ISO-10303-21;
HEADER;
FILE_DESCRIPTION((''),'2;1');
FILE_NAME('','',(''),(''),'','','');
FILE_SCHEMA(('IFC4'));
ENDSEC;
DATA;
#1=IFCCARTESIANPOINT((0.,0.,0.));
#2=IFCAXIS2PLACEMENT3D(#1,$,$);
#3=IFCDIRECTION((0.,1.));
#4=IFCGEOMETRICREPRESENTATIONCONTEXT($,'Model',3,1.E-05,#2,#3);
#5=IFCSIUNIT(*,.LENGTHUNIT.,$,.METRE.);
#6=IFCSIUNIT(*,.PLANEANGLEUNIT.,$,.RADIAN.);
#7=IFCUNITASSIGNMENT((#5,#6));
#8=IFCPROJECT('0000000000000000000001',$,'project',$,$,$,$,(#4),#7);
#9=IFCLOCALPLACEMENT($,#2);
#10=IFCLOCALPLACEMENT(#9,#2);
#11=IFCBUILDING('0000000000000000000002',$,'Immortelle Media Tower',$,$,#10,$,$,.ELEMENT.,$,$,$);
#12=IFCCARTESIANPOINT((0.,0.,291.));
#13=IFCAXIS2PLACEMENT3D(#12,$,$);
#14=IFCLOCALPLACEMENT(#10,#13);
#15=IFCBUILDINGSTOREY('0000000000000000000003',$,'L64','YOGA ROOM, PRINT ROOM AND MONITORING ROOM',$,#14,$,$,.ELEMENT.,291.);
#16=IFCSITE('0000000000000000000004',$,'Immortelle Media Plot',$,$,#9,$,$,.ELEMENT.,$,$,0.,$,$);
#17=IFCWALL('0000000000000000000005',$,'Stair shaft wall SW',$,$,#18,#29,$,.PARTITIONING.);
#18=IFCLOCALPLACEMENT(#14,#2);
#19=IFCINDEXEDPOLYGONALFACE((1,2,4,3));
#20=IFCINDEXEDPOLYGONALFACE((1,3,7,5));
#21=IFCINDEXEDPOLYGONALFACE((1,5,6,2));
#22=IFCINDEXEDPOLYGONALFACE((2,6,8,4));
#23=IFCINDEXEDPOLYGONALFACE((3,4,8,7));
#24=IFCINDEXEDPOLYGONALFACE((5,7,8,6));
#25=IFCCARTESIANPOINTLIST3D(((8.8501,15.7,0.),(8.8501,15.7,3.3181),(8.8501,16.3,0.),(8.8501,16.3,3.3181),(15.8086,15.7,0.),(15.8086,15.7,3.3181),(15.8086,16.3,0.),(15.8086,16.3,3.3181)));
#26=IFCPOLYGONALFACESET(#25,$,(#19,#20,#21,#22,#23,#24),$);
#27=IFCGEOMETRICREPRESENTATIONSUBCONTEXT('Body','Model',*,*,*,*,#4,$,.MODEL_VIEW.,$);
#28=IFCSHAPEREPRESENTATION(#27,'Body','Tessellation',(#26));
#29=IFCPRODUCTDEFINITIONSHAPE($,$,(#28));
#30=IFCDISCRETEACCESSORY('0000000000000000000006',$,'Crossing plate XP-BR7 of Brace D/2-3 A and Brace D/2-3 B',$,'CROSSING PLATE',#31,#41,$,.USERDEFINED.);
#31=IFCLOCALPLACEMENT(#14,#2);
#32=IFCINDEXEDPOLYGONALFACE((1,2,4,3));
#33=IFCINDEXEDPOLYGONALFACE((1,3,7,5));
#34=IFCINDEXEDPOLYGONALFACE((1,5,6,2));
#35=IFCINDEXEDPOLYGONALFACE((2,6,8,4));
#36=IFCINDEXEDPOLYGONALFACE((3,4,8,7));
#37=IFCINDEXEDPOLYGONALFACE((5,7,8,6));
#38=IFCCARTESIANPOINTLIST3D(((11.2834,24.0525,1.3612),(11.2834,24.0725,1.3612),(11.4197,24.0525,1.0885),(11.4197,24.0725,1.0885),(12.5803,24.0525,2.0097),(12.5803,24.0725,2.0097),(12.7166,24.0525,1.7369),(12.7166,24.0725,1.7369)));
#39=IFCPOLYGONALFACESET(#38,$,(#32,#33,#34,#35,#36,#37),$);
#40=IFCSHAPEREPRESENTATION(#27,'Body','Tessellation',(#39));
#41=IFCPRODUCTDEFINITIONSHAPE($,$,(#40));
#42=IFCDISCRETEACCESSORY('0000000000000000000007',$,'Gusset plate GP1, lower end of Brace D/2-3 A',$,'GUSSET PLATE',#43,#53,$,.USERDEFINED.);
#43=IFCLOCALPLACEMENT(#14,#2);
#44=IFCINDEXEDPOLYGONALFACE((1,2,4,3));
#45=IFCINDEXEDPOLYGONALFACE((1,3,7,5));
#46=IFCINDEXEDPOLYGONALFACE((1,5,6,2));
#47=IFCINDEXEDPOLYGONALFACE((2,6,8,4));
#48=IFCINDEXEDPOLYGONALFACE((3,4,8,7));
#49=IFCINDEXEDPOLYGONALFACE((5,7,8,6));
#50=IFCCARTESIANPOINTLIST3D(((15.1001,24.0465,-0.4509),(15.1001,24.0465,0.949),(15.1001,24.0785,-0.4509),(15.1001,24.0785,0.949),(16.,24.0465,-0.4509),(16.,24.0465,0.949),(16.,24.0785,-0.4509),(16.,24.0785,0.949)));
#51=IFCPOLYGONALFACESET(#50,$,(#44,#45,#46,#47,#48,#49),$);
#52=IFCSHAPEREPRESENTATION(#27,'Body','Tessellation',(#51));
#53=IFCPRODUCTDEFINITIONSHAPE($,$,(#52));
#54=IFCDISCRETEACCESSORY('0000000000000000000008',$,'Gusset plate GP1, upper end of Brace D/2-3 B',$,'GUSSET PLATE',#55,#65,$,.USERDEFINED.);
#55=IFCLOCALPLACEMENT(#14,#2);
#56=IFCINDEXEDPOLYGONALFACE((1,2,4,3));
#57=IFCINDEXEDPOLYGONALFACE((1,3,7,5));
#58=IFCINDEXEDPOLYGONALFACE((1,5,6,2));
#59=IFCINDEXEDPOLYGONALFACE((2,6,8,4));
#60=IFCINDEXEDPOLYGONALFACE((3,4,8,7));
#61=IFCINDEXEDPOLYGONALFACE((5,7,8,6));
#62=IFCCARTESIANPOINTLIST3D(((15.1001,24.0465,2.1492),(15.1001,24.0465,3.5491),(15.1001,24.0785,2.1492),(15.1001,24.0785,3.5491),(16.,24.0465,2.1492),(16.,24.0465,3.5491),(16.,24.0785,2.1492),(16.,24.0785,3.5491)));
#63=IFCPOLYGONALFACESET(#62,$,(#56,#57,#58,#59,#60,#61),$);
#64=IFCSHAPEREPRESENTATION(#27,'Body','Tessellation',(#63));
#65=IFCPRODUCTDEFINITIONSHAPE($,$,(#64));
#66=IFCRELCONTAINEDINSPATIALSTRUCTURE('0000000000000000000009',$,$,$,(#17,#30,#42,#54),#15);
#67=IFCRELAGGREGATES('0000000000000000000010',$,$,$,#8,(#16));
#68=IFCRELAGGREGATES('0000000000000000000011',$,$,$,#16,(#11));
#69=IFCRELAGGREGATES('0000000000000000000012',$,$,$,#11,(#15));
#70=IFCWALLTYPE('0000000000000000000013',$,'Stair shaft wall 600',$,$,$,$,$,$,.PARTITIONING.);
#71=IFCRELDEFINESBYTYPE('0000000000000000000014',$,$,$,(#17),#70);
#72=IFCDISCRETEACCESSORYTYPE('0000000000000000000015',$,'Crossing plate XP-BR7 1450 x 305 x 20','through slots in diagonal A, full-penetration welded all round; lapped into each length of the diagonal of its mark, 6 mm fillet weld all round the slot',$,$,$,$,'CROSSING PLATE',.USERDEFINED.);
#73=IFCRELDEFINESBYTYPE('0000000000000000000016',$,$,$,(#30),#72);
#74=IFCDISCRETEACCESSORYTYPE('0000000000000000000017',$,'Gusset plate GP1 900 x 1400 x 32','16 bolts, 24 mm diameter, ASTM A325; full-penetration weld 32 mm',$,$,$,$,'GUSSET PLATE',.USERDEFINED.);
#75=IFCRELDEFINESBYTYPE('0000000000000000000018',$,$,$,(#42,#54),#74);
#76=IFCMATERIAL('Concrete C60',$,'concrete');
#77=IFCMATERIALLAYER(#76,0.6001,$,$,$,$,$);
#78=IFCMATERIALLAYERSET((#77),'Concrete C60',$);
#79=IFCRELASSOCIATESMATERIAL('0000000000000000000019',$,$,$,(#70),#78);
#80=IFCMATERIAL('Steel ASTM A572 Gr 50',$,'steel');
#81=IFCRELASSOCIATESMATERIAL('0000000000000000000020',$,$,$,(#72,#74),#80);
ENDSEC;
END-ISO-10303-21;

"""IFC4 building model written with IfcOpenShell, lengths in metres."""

from ifc_helpers import new_model, si_unit, direction, frame, frame_2d, origin, origin_2d, place, context, subcontext, project, spatial, rectangle, extrude, material, layer, layer_set, material_profile, profile_set, type_object, element, save


model = new_model("IFC4")

# Units and contexts
model_context = context("Model", 3, precision=1e-05, world=origin(), true_north=direction((0.0, 1.0)))
body_context = subcontext(model_context, "Body", "Model", "MODEL_VIEW")
ifc_project = project(units=[si_unit("LENGTHUNIT", "METRE"), si_unit("PLANEANGLEUNIT", "RADIAN")], contexts=[model_context])

# Site, building, storey
site_placement = place(None, origin())
site = spatial("IfcSite", under=ifc_project, at=site_placement, Name="Immortelle Media Plot", CompositionType="ELEMENT", RefElevation=0.0)
building_placement = place(site_placement, origin())
building = spatial("IfcBuilding", under=site, at=building_placement, Name="Immortelle Media Tower", CompositionType="ELEMENT")
storey_placement = place(building_placement, frame((0.0, 0.0, 291.0)))
storey = spatial("IfcBuildingStorey", under=building, at=storey_placement, Name="L64", Description="YOGA ROOM, PRINT ROOM AND MONITORING ROOM", CompositionType="ELEMENT", Elevation=291.0)

# Wall
ifc_material_1 = material(Name="Concrete C60", Category="concrete")
ifc_layer_1 = layer(ifc_material_1, 0.6001)
ifc_layer_set_1 = layer_set([ifc_layer_1], Name="Concrete C60")
wall_type_1 = type_object("IfcWallType", Name="Stair shaft wall 600", PredefinedType="PARTITIONING", material=ifc_layer_set_1)
wall_1_placement = place(storey_placement, frame((8.8501, 16.0, 0.0), z_axis=(0.0, 0.0, 1.0), x_axis=(1.0, 0.0, 0.0)))
element("IfcWall", 1, at=wall_1_placement, inside=storey, type_object=wall_type_1, Name="Stair shaft wall SW", PredefinedType="PARTITIONING", context=body_context, shape_type="SweptSolid", body=[
    extrude(rectangle(XDim=6.9585, YDim=0.6001, at=frame_2d((3.4792, 0.0))), origin(), (0.0, 0.0, 1.0), 3.3181),
])

# Discrete accessories
ifc_material_2 = material(Name="Steel ASTM A572 Gr 50", Category="steel")
ifc_material_profile_1 = material_profile(ifc_material_2, rectangle(XDim=0.02, YDim=0.3049, at=origin_2d()), Name="PL 20 x 305")
ifc_profile_set_1 = profile_set([ifc_material_profile_1], Name="Steel ASTM A572 Gr 50")
discrete_accessory_type_1 = type_object("IfcDiscreteAccessoryType", Name="Crossing plate XP-BR7 1450 x 305 x 20", Description="through slots in diagonal A, full-penetration welded all round; lapped into each length of the diagonal of its mark, 6 mm fillet weld all round the slot", ElementType="CROSSING PLATE", PredefinedType="USERDEFINED", material=ifc_profile_set_1)
discrete_accessory_placement = place(storey_placement, frame((12.6484, 24.0625, 1.8733), z_axis=(-0.894427, 0.0, -0.447214), x_axis=(0.0, -1.0, 0.0)))
element("IfcDiscreteAccessory", 2, at=discrete_accessory_placement, inside=storey, type_object=discrete_accessory_type_1, Name="Crossing plate XP-BR7 of Brace D/2-3 A and Brace D/2-3 B", ObjectType="CROSSING PLATE", PredefinedType="USERDEFINED", context=body_context, shape_type="SweptSolid", body=[
    extrude(rectangle(XDim=0.02, YDim=0.3049, at=origin_2d()), origin(), (0.0, 0.0, 1.0), 1.45),
])
ifc_material_profile_2 = material_profile(ifc_material_2, rectangle(XDim=0.032, YDim=1.3999, at=origin_2d()), Name="PL 32 x 1400")
ifc_profile_set_2 = profile_set([ifc_material_profile_2], Name="Steel ASTM A572 Gr 50")
discrete_accessory_type_2 = type_object("IfcDiscreteAccessoryType", Name="Gusset plate GP1 900 x 1400 x 32", Description="16 bolts, 24 mm diameter, ASTM A325; full-penetration weld 32 mm", ElementType="GUSSET PLATE", PredefinedType="USERDEFINED", material=ifc_profile_set_2)
for number, where, z_axis, x_axis, name in (
    (3, (16.0, 24.0625, 0.249), (-1.0, 0.0, 0.0), (0.0, -1.0, 0.0), "Gusset plate GP1, lower end of Brace D/2-3 A"),
    (4, (16.0, 24.0625, 2.8491), (-1.0, 0.0, 0.0), (0.0, -1.0, 0.0), "Gusset plate GP1, upper end of Brace D/2-3 B"),
):
    element("IfcDiscreteAccessory", number, at=place(storey_placement, frame(where, z_axis=z_axis, x_axis=x_axis)), inside=storey, type_object=discrete_accessory_type_2, Name=name, ObjectType="GUSSET PLATE", PredefinedType="USERDEFINED", context=body_context, shape_type="SweptSolid", body=[
        extrude(rectangle(XDim=0.032, YDim=1.3999, at=origin_2d()), origin(), (0.0, 0.0, 1.0), 0.8999),
    ])

save(model, "model.ifc")
